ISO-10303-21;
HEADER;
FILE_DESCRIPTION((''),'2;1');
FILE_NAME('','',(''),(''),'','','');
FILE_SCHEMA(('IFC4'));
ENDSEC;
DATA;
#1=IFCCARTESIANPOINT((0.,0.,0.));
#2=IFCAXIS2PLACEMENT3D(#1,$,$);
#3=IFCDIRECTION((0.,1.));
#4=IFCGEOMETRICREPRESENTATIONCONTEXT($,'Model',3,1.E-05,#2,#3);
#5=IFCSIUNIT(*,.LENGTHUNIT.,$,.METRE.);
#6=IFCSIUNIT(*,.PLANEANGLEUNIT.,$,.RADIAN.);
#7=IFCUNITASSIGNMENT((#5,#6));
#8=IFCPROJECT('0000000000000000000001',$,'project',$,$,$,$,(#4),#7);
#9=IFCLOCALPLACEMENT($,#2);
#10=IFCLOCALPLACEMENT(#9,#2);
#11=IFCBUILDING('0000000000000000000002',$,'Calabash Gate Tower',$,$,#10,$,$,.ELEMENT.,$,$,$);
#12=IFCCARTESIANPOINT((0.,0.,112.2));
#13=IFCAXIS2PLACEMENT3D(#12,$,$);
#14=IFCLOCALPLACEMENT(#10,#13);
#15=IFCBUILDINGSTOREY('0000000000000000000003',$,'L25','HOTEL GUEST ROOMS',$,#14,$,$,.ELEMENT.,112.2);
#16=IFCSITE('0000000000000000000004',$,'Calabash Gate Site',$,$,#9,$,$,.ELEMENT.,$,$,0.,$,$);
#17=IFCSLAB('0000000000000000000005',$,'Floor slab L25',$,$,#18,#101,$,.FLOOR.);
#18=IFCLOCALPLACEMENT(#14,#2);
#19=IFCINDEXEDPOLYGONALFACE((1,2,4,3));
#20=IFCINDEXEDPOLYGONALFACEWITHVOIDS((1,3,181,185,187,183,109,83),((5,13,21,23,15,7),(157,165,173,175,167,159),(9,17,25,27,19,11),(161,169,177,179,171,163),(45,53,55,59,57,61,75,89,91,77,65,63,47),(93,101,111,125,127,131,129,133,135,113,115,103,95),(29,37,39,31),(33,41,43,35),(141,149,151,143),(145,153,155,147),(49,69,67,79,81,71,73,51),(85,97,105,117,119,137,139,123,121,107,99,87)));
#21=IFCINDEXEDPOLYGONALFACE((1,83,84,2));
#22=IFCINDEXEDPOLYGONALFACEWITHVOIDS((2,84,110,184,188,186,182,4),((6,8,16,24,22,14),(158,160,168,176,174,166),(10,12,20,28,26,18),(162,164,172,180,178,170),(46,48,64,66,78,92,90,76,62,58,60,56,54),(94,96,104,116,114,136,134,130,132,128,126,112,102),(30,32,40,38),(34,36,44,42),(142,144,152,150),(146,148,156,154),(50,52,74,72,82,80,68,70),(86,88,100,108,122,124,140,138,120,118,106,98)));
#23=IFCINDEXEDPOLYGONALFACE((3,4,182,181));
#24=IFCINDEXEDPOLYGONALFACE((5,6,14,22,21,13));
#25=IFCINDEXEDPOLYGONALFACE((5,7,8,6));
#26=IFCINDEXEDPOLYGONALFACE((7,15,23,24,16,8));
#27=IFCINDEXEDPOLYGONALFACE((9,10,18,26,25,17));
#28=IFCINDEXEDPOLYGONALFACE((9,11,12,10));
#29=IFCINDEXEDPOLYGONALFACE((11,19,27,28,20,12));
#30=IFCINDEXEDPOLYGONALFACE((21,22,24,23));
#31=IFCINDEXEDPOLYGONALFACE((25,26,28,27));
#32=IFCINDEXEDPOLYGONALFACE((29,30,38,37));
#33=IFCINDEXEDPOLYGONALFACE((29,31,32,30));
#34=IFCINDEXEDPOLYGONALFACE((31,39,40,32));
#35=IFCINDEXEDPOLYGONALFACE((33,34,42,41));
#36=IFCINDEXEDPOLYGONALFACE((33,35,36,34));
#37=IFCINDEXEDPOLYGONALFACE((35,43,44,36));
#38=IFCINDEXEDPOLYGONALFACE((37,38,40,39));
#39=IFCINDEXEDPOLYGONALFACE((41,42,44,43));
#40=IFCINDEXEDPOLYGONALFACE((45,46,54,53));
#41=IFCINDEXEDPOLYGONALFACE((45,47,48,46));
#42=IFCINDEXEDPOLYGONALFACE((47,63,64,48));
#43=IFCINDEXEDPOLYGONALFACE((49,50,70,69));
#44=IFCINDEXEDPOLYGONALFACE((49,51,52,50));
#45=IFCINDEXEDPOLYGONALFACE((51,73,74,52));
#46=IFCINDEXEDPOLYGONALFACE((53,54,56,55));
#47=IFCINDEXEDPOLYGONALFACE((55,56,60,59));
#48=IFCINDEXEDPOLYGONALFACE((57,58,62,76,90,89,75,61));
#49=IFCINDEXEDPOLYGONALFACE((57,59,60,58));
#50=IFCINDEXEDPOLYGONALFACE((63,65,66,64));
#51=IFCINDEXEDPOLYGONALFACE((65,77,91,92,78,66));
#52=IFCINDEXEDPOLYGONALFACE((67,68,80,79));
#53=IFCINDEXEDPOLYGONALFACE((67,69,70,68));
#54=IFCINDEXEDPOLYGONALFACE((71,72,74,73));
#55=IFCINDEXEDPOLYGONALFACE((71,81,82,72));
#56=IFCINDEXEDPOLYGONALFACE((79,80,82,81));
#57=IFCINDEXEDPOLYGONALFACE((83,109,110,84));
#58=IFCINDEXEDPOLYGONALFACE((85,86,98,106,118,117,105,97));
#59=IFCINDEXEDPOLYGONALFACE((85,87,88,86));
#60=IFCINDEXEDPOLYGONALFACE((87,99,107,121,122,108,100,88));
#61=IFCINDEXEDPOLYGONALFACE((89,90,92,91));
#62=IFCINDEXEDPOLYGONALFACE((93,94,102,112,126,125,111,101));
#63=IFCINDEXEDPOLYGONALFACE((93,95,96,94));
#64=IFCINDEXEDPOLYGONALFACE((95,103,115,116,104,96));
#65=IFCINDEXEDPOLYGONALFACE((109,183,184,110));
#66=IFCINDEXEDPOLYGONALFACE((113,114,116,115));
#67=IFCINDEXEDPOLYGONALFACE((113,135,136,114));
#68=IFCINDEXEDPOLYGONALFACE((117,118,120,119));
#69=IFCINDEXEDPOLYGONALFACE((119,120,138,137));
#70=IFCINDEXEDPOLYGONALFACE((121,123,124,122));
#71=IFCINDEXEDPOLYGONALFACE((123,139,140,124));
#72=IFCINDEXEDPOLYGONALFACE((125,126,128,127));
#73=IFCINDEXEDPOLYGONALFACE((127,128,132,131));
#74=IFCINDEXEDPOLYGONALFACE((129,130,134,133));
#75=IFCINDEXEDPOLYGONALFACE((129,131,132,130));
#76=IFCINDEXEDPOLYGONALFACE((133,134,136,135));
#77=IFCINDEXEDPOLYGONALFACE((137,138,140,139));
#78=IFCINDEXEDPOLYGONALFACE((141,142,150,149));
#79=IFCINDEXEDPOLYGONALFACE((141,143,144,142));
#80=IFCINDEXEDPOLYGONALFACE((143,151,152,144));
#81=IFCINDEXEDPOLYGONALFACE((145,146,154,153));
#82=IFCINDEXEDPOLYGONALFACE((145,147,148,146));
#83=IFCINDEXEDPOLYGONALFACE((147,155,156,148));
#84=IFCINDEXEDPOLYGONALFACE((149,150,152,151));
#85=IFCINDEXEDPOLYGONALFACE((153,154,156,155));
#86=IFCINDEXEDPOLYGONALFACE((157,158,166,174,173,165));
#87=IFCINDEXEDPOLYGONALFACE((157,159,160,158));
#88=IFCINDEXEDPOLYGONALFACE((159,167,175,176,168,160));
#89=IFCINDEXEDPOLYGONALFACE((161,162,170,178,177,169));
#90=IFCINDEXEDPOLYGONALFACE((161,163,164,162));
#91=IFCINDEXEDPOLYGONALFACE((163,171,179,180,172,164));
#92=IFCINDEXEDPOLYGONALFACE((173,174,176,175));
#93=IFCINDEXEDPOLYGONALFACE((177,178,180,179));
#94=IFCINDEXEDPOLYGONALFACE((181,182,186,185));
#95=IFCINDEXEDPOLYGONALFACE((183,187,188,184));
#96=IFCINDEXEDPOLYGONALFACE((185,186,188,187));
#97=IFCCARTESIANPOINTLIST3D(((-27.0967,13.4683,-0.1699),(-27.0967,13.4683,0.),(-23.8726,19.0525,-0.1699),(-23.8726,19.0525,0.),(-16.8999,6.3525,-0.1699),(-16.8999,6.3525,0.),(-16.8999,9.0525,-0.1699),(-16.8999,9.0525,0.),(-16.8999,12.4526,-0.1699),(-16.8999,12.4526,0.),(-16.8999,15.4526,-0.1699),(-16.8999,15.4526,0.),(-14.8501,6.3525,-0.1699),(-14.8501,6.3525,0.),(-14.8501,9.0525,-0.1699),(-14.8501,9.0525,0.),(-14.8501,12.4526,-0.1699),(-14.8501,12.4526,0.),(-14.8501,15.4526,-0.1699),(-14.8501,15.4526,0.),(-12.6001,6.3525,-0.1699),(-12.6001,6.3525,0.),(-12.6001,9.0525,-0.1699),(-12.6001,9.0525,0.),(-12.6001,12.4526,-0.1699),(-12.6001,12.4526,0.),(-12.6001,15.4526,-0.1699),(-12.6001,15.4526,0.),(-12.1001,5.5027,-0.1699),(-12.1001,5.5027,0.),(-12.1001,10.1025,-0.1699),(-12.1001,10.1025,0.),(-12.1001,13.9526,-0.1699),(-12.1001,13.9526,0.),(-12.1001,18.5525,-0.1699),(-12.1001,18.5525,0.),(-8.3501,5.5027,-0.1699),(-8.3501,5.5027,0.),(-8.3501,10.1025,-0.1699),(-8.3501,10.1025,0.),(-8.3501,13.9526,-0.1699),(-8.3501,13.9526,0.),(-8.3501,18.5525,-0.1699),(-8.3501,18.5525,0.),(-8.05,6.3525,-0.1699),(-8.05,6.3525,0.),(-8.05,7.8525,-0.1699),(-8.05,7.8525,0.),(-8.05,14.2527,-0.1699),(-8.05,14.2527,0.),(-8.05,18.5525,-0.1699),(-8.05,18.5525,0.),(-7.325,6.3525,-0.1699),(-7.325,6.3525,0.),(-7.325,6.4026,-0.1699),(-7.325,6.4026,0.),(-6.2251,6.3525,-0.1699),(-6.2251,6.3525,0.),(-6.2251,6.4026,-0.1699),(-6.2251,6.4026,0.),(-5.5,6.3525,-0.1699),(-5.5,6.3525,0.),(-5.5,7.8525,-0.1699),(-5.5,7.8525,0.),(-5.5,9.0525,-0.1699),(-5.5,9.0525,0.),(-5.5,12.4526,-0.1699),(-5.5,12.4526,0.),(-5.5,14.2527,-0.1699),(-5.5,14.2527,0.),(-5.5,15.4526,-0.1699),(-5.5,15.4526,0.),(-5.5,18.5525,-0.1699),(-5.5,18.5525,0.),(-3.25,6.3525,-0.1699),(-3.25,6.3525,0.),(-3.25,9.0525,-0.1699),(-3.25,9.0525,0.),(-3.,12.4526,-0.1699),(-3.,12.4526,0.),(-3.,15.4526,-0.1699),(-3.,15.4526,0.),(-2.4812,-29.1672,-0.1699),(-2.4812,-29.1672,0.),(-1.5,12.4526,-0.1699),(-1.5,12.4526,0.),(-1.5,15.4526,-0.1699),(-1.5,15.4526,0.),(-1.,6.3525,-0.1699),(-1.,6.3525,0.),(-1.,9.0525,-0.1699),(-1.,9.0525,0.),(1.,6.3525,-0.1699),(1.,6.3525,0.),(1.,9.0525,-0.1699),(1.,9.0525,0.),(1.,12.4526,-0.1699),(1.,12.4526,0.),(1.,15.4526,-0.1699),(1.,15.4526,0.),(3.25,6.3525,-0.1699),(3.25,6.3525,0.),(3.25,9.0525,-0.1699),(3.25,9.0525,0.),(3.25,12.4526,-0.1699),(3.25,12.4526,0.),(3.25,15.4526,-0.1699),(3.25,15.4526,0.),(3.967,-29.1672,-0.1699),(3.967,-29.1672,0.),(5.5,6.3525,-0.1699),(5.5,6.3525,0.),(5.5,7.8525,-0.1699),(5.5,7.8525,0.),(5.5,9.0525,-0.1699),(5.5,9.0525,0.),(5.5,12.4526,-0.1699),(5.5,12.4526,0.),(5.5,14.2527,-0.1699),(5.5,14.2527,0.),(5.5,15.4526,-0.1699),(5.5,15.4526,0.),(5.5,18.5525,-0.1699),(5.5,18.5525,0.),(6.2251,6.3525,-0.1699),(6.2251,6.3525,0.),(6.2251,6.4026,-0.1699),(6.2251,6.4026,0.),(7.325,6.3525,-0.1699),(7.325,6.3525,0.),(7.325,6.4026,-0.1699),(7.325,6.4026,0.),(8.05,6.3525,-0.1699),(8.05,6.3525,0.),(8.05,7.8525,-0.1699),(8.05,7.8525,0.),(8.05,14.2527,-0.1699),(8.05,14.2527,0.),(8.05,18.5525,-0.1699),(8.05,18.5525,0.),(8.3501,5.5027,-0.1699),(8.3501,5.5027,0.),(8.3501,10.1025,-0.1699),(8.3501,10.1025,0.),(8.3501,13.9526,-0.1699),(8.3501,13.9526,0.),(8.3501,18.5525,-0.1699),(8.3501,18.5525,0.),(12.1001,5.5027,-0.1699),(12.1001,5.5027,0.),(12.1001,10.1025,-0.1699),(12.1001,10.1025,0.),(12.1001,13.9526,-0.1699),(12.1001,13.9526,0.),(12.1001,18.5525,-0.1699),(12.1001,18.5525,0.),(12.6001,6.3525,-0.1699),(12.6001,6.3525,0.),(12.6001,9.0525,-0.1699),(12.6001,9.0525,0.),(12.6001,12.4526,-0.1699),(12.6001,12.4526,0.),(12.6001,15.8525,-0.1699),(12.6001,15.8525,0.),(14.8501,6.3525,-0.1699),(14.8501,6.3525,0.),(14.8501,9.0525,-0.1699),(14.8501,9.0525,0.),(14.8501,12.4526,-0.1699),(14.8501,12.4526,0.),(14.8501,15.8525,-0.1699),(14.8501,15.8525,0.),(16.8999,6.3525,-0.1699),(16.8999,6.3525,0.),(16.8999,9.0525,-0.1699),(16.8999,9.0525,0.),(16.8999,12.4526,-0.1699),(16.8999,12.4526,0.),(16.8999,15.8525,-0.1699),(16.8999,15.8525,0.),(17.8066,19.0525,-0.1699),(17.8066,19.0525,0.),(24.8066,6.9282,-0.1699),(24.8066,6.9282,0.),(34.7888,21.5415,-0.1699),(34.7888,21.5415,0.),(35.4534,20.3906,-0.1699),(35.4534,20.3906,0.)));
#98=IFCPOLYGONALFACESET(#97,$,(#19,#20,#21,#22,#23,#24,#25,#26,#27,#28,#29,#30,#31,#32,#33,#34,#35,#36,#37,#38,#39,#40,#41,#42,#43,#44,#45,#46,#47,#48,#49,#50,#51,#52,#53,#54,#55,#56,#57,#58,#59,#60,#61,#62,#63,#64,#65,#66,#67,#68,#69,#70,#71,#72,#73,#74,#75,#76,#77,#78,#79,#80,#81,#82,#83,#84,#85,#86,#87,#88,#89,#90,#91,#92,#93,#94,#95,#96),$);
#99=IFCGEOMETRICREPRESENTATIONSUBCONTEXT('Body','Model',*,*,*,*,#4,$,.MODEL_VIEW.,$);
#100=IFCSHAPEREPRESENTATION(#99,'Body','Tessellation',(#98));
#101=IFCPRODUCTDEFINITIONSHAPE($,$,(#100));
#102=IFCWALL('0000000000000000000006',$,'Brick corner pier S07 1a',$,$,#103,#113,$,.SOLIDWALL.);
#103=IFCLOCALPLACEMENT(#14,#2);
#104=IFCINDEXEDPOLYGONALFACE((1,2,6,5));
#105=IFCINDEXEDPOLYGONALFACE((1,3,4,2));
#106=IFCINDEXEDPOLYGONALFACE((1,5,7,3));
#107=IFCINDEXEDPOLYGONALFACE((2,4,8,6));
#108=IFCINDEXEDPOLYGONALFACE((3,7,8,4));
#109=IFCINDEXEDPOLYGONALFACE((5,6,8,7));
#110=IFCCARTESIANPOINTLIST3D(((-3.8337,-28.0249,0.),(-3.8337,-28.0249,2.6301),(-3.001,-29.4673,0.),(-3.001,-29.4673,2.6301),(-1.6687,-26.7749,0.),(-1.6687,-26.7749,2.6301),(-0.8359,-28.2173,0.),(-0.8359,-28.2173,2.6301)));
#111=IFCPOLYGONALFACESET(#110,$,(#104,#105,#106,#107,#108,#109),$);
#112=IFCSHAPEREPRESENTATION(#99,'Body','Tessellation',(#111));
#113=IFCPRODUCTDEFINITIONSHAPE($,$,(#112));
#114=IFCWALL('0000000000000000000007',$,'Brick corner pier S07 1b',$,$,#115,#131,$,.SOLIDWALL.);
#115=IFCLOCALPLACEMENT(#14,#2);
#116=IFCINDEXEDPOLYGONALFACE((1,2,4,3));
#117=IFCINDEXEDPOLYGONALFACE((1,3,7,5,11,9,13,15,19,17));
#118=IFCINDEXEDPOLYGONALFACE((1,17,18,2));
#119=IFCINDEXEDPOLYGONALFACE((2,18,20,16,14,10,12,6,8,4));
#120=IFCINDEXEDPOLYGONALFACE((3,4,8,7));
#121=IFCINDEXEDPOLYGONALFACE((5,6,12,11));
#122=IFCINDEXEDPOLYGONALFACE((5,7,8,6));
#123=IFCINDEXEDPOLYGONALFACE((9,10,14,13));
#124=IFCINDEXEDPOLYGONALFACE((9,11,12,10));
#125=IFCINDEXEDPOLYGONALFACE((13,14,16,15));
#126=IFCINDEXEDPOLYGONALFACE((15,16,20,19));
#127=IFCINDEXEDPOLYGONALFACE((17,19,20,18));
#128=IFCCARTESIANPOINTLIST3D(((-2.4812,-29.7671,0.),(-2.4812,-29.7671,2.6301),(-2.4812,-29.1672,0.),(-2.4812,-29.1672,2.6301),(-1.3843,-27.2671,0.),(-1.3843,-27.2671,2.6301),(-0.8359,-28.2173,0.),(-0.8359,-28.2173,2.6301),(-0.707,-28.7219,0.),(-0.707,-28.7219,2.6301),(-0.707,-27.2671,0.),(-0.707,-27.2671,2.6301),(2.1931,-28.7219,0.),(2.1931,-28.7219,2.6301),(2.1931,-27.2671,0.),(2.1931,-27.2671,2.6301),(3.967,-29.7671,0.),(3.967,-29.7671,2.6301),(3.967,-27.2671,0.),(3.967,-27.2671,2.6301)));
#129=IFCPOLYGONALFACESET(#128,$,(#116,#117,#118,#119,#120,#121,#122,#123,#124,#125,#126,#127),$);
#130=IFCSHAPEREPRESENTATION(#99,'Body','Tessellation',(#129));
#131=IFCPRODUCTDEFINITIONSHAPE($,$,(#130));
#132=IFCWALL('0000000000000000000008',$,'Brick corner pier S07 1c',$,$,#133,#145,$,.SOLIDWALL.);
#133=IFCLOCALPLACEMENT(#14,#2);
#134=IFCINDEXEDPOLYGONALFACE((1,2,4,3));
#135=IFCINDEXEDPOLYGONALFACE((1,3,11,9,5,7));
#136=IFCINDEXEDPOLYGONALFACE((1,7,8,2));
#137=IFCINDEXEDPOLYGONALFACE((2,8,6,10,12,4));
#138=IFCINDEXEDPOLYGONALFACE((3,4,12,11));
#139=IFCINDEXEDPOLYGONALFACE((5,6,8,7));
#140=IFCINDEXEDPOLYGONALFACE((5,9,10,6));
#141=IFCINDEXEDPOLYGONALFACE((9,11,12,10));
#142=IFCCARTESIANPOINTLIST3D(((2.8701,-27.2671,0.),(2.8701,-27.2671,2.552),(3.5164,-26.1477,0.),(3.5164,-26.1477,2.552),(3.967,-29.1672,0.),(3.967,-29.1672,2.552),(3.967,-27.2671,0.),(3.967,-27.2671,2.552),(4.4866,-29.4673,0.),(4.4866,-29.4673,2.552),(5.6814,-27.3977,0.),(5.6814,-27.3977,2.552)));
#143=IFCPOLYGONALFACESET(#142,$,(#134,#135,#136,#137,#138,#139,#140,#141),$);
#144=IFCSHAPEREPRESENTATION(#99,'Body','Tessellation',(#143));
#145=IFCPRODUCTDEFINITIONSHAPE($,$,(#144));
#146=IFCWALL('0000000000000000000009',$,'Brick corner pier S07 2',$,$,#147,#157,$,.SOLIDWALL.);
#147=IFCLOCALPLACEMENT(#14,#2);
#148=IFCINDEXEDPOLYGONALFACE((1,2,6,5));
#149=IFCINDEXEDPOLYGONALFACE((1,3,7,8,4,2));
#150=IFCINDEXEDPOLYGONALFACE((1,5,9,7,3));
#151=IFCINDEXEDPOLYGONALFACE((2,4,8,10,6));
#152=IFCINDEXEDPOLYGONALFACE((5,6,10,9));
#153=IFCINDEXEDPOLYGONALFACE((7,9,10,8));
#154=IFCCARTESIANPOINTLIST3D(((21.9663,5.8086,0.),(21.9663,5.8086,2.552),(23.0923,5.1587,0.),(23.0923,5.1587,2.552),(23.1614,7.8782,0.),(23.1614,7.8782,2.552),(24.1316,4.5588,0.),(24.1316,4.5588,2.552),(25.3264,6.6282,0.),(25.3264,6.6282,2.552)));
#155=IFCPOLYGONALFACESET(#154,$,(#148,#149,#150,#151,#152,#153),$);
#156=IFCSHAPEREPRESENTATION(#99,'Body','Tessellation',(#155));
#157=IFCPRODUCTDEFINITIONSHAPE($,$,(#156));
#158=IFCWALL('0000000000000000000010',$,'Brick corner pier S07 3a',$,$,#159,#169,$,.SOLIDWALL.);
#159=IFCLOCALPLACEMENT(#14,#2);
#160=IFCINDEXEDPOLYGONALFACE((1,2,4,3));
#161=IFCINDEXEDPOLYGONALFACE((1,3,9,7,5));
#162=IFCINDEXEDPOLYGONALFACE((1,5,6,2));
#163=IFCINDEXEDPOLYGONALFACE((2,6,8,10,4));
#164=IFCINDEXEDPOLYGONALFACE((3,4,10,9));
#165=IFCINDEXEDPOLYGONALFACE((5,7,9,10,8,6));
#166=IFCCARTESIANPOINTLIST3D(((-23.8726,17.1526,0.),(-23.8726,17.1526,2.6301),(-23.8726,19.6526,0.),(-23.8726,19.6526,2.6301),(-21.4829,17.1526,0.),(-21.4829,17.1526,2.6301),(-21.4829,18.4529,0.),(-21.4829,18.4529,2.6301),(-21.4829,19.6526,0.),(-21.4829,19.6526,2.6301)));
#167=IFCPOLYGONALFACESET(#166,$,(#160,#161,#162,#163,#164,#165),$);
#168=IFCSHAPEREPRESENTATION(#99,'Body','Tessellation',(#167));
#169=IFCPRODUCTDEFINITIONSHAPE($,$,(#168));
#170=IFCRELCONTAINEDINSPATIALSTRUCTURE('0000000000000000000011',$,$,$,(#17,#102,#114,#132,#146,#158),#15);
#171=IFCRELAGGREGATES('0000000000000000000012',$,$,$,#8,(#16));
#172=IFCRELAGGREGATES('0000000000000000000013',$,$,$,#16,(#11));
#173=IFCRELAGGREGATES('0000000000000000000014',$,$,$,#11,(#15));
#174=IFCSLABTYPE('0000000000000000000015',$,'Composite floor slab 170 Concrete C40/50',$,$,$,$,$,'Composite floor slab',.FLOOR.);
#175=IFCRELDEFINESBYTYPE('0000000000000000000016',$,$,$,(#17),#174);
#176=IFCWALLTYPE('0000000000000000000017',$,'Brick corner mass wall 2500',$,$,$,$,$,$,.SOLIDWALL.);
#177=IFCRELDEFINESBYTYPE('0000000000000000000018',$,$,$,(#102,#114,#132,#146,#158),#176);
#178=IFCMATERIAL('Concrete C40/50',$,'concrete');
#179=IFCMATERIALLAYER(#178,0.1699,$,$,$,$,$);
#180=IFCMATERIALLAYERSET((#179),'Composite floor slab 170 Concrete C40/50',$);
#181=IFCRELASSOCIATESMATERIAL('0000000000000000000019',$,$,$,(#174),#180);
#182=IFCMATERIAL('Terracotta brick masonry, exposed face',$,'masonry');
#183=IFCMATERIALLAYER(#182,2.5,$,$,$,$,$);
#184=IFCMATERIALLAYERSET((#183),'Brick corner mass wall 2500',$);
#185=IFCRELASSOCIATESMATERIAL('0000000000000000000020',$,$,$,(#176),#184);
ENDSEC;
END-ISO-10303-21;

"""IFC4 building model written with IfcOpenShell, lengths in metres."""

from ifc_helpers import new_model, si_unit, direction, frame, origin, place, context, subcontext, project, spatial, polyline, outline, extrude, material, layer, layer_set, type_object, element, save


model = new_model("IFC4")

# Units and contexts
model_context = context("Model", 3, precision=1e-05, world=origin(), true_north=direction((0.0, 1.0)))
body_context = subcontext(model_context, "Body", "Model", "MODEL_VIEW")
ifc_project = project(units=[si_unit("LENGTHUNIT", "METRE"), si_unit("PLANEANGLEUNIT", "RADIAN")], contexts=[model_context])

# Site, building, storey
site_placement = place(None, origin())
site = spatial("IfcSite", under=ifc_project, at=site_placement, Name="Calabash Gate Site", CompositionType="ELEMENT", RefElevation=0.0)
building_placement = place(site_placement, origin())
building = spatial("IfcBuilding", under=site, at=building_placement, Name="Calabash Gate Tower", CompositionType="ELEMENT")
storey_placement = place(building_placement, frame((0.0, 0.0, 112.2)))
storey = spatial("IfcBuildingStorey", under=building, at=storey_placement, Name="L25", Description="HOTEL GUEST ROOMS", CompositionType="ELEMENT", Elevation=112.2)

# Slab
ifc_material_1 = material(Name="Concrete C40/50", Category="concrete")
ifc_layer_1 = layer(ifc_material_1, 0.1699)
ifc_layer_set_1 = layer_set([ifc_layer_1], Name="Composite floor slab 170 Concrete C40/50")
slab_type = type_object("IfcSlabType", Name="Composite floor slab 170 Concrete C40/50", ElementType="Composite floor slab", PredefinedType="FLOOR", material=ifc_layer_set_1)
slab_placement = place(storey_placement, frame((0.0, 0.0, -0.1699)))
element("IfcSlab", 1, at=slab_placement, inside=storey, type_object=slab_type, Name="Floor slab L25", PredefinedType="FLOOR", context=body_context, shape_type="SweptSolid", body=[
    extrude(outline(polyline([(-27.0967, 13.4683), (-23.8726, 19.0525), (17.8066, 19.0525), (34.7888, 21.5415), (35.4534, 20.3906), (24.8066, 6.9282), (3.967, -29.1672), (-2.4812, -29.1672), (-27.0967, 13.4683)]), holes=[polyline([(-5.5, 9.0525), (-5.5, 7.8525), (-8.05, 7.8525), (-8.05, 6.3525), (-7.325, 6.3525), (-7.325, 6.4026), (-6.2251, 6.4026), (-6.2251, 6.3525), (-5.5, 6.3525), (-3.25, 6.3525), (-1.0, 6.3525), (-1.0, 9.0525), (-3.25, 9.0525), (-5.5, 9.0525)]), polyline([(5.5, 9.0525), (3.25, 9.0525), (1.0, 9.0525), (1.0, 6.3525), (3.25, 6.3525), (5.5, 6.3525), (6.2251, 6.3525), (6.2251, 6.4026), (7.325, 6.4026), (7.325, 6.3525), (8.05, 6.3525), (8.05, 7.8525), (5.5, 7.8525), (5.5, 9.0525)]), polyline([(-5.5, 14.2527), (-5.5, 12.4526), (-3.0, 12.4526), (-3.0, 15.4526), (-5.5, 15.4526), (-5.5, 18.5525), (-8.05, 18.5525), (-8.05, 14.2527), (-5.5, 14.2527)]), polyline([(8.05, 18.5525), (5.5, 18.5525), (5.5, 15.4526), (3.25, 15.4526), (1.0, 15.4526), (-1.5, 15.4526), (-1.5, 12.4526), (1.0, 12.4526), (3.25, 12.4526), (5.5, 12.4526), (5.5, 14.2527), (8.05, 14.2527), (8.05, 18.5525)]), polyline([(-12.6001, 6.3525), (-12.6001, 9.0525), (-14.8501, 9.0525), (-16.8999, 9.0525), (-16.8999, 6.3525), (-14.8501, 6.3525), (-12.6001, 6.3525)]), polyline([(-14.8501, 12.4526), (-12.6001, 12.4526), (-12.6001, 15.4526), (-14.8501, 15.4526), (-16.8999, 15.4526), (-16.8999, 12.4526), (-14.8501, 12.4526)]), polyline([(14.8501, 6.3525), (16.8999, 6.3525), (16.8999, 9.0525), (14.8501, 9.0525), (12.6001, 9.0525), (12.6001, 6.3525), (14.8501, 6.3525)]), polyline([(14.8501, 12.4526), (16.8999, 12.4526), (16.8999, 15.8525), (14.8501, 15.8525), (12.6001, 15.8525), (12.6001, 12.4526), (14.8501, 12.4526)]), polyline([(-8.3501, 18.5525), (-12.1001, 18.5525), (-12.1001, 13.9526), (-8.3501, 13.9526), (-8.3501, 18.5525)]), polyline([(-12.1001, 10.1025), (-12.1001, 5.5027), (-8.3501, 5.5027), (-8.3501, 10.1025), (-12.1001, 10.1025)]), polyline([(8.3501, 13.9526), (12.1001, 13.9526), (12.1001, 18.5525), (8.3501, 18.5525), (8.3501, 13.9526)]), polyline([(12.1001, 5.5027), (12.1001, 10.1025), (8.3501, 10.1025), (8.3501, 5.5027), (12.1001, 5.5027)])]), origin(), (0.0, 0.0, 1.0), 0.1699),
])

# Walls
ifc_material_2 = material(Name="Terracotta brick masonry, exposed face", Category="masonry")
ifc_layer_2 = layer(ifc_material_2, 2.5)
ifc_layer_set_2 = layer_set([ifc_layer_2], Name="Brick corner mass wall 2500")
wall_type_1 = type_object("IfcWallType", Name="Brick corner mass wall 2500", PredefinedType="SOLIDWALL", material=ifc_layer_set_2)
wall_1_placement = place(storey_placement, origin())
element("IfcWall", 2, at=wall_1_placement, inside=storey, type_object=wall_type_1, Name="Brick corner pier S07 1a", PredefinedType="SOLIDWALL", context=body_context, shape_type="SweptSolid", body=[
    extrude(outline(polyline([(-0.8359, -28.2173), (-1.6687, -26.7749), (-3.8337, -28.0249), (-3.001, -29.4673), (-0.8359, -28.2173)])), origin(), (0.0, 0.0, 1.0), 2.6301),
])
wall_2_placement = place(storey_placement, origin())
element("IfcWall", 3, at=wall_2_placement, inside=storey, type_object=wall_type_1, Name="Brick corner pier S07 1b", PredefinedType="SOLIDWALL", context=body_context, shape_type="SweptSolid", body=[
    extrude(outline(polyline([(-1.3843, -27.2671), (-0.8359, -28.2173), (-2.4812, -29.1672), (-2.4812, -29.7671), (3.967, -29.7671), (3.967, -27.2671), (2.1931, -27.2671), (2.1931, -28.7219), (-0.707, -28.7219), (-0.707, -27.2671), (-1.3843, -27.2671)])), origin(), (0.0, 0.0, 1.0), 2.6301),
])
wall_3_placement = place(storey_placement, origin())
element("IfcWall", 4, at=wall_3_placement, inside=storey, type_object=wall_type_1, Name="Brick corner pier S07 1c", PredefinedType="SOLIDWALL", context=body_context, shape_type="SweptSolid", body=[
    extrude(outline(polyline([(5.6814, -27.3977), (3.5164, -26.1477), (2.8701, -27.2671), (3.967, -27.2671), (3.967, -29.1672), (4.4866, -29.4673), (5.6814, -27.3977)])), origin(), (0.0, 0.0, 1.0), 2.552),
])
wall_4_placement = place(storey_placement, origin())
element("IfcWall", 5, at=wall_4_placement, inside=storey, type_object=wall_type_1, Name="Brick corner pier S07 2", PredefinedType="SOLIDWALL", context=body_context, shape_type="SweptSolid", body=[
    extrude(outline(polyline([(21.9663, 5.8086), (23.0923, 5.1587), (23.0923, 5.1587), (24.1316, 4.5588), (25.3264, 6.6282), (23.1614, 7.8782), (21.9663, 5.8086)])), origin(), (0.0, 0.0, 1.0), 2.552),
])
wall_5_placement = place(storey_placement, origin())
element("IfcWall", 6, at=wall_5_placement, inside=storey, type_object=wall_type_1, Name="Brick corner pier S07 3a", PredefinedType="SOLIDWALL", context=body_context, shape_type="SweptSolid", body=[
    extrude(outline(polyline([(-23.8726, 17.1526), (-21.4829, 17.1526), (-21.4829, 18.4529), (-21.4829, 18.4529), (-21.4829, 19.6526), (-23.8726, 19.6526), (-23.8726, 17.1526)])), origin(), (0.0, 0.0, 1.0), 2.6301),
])

save(model, "model.ifc")
